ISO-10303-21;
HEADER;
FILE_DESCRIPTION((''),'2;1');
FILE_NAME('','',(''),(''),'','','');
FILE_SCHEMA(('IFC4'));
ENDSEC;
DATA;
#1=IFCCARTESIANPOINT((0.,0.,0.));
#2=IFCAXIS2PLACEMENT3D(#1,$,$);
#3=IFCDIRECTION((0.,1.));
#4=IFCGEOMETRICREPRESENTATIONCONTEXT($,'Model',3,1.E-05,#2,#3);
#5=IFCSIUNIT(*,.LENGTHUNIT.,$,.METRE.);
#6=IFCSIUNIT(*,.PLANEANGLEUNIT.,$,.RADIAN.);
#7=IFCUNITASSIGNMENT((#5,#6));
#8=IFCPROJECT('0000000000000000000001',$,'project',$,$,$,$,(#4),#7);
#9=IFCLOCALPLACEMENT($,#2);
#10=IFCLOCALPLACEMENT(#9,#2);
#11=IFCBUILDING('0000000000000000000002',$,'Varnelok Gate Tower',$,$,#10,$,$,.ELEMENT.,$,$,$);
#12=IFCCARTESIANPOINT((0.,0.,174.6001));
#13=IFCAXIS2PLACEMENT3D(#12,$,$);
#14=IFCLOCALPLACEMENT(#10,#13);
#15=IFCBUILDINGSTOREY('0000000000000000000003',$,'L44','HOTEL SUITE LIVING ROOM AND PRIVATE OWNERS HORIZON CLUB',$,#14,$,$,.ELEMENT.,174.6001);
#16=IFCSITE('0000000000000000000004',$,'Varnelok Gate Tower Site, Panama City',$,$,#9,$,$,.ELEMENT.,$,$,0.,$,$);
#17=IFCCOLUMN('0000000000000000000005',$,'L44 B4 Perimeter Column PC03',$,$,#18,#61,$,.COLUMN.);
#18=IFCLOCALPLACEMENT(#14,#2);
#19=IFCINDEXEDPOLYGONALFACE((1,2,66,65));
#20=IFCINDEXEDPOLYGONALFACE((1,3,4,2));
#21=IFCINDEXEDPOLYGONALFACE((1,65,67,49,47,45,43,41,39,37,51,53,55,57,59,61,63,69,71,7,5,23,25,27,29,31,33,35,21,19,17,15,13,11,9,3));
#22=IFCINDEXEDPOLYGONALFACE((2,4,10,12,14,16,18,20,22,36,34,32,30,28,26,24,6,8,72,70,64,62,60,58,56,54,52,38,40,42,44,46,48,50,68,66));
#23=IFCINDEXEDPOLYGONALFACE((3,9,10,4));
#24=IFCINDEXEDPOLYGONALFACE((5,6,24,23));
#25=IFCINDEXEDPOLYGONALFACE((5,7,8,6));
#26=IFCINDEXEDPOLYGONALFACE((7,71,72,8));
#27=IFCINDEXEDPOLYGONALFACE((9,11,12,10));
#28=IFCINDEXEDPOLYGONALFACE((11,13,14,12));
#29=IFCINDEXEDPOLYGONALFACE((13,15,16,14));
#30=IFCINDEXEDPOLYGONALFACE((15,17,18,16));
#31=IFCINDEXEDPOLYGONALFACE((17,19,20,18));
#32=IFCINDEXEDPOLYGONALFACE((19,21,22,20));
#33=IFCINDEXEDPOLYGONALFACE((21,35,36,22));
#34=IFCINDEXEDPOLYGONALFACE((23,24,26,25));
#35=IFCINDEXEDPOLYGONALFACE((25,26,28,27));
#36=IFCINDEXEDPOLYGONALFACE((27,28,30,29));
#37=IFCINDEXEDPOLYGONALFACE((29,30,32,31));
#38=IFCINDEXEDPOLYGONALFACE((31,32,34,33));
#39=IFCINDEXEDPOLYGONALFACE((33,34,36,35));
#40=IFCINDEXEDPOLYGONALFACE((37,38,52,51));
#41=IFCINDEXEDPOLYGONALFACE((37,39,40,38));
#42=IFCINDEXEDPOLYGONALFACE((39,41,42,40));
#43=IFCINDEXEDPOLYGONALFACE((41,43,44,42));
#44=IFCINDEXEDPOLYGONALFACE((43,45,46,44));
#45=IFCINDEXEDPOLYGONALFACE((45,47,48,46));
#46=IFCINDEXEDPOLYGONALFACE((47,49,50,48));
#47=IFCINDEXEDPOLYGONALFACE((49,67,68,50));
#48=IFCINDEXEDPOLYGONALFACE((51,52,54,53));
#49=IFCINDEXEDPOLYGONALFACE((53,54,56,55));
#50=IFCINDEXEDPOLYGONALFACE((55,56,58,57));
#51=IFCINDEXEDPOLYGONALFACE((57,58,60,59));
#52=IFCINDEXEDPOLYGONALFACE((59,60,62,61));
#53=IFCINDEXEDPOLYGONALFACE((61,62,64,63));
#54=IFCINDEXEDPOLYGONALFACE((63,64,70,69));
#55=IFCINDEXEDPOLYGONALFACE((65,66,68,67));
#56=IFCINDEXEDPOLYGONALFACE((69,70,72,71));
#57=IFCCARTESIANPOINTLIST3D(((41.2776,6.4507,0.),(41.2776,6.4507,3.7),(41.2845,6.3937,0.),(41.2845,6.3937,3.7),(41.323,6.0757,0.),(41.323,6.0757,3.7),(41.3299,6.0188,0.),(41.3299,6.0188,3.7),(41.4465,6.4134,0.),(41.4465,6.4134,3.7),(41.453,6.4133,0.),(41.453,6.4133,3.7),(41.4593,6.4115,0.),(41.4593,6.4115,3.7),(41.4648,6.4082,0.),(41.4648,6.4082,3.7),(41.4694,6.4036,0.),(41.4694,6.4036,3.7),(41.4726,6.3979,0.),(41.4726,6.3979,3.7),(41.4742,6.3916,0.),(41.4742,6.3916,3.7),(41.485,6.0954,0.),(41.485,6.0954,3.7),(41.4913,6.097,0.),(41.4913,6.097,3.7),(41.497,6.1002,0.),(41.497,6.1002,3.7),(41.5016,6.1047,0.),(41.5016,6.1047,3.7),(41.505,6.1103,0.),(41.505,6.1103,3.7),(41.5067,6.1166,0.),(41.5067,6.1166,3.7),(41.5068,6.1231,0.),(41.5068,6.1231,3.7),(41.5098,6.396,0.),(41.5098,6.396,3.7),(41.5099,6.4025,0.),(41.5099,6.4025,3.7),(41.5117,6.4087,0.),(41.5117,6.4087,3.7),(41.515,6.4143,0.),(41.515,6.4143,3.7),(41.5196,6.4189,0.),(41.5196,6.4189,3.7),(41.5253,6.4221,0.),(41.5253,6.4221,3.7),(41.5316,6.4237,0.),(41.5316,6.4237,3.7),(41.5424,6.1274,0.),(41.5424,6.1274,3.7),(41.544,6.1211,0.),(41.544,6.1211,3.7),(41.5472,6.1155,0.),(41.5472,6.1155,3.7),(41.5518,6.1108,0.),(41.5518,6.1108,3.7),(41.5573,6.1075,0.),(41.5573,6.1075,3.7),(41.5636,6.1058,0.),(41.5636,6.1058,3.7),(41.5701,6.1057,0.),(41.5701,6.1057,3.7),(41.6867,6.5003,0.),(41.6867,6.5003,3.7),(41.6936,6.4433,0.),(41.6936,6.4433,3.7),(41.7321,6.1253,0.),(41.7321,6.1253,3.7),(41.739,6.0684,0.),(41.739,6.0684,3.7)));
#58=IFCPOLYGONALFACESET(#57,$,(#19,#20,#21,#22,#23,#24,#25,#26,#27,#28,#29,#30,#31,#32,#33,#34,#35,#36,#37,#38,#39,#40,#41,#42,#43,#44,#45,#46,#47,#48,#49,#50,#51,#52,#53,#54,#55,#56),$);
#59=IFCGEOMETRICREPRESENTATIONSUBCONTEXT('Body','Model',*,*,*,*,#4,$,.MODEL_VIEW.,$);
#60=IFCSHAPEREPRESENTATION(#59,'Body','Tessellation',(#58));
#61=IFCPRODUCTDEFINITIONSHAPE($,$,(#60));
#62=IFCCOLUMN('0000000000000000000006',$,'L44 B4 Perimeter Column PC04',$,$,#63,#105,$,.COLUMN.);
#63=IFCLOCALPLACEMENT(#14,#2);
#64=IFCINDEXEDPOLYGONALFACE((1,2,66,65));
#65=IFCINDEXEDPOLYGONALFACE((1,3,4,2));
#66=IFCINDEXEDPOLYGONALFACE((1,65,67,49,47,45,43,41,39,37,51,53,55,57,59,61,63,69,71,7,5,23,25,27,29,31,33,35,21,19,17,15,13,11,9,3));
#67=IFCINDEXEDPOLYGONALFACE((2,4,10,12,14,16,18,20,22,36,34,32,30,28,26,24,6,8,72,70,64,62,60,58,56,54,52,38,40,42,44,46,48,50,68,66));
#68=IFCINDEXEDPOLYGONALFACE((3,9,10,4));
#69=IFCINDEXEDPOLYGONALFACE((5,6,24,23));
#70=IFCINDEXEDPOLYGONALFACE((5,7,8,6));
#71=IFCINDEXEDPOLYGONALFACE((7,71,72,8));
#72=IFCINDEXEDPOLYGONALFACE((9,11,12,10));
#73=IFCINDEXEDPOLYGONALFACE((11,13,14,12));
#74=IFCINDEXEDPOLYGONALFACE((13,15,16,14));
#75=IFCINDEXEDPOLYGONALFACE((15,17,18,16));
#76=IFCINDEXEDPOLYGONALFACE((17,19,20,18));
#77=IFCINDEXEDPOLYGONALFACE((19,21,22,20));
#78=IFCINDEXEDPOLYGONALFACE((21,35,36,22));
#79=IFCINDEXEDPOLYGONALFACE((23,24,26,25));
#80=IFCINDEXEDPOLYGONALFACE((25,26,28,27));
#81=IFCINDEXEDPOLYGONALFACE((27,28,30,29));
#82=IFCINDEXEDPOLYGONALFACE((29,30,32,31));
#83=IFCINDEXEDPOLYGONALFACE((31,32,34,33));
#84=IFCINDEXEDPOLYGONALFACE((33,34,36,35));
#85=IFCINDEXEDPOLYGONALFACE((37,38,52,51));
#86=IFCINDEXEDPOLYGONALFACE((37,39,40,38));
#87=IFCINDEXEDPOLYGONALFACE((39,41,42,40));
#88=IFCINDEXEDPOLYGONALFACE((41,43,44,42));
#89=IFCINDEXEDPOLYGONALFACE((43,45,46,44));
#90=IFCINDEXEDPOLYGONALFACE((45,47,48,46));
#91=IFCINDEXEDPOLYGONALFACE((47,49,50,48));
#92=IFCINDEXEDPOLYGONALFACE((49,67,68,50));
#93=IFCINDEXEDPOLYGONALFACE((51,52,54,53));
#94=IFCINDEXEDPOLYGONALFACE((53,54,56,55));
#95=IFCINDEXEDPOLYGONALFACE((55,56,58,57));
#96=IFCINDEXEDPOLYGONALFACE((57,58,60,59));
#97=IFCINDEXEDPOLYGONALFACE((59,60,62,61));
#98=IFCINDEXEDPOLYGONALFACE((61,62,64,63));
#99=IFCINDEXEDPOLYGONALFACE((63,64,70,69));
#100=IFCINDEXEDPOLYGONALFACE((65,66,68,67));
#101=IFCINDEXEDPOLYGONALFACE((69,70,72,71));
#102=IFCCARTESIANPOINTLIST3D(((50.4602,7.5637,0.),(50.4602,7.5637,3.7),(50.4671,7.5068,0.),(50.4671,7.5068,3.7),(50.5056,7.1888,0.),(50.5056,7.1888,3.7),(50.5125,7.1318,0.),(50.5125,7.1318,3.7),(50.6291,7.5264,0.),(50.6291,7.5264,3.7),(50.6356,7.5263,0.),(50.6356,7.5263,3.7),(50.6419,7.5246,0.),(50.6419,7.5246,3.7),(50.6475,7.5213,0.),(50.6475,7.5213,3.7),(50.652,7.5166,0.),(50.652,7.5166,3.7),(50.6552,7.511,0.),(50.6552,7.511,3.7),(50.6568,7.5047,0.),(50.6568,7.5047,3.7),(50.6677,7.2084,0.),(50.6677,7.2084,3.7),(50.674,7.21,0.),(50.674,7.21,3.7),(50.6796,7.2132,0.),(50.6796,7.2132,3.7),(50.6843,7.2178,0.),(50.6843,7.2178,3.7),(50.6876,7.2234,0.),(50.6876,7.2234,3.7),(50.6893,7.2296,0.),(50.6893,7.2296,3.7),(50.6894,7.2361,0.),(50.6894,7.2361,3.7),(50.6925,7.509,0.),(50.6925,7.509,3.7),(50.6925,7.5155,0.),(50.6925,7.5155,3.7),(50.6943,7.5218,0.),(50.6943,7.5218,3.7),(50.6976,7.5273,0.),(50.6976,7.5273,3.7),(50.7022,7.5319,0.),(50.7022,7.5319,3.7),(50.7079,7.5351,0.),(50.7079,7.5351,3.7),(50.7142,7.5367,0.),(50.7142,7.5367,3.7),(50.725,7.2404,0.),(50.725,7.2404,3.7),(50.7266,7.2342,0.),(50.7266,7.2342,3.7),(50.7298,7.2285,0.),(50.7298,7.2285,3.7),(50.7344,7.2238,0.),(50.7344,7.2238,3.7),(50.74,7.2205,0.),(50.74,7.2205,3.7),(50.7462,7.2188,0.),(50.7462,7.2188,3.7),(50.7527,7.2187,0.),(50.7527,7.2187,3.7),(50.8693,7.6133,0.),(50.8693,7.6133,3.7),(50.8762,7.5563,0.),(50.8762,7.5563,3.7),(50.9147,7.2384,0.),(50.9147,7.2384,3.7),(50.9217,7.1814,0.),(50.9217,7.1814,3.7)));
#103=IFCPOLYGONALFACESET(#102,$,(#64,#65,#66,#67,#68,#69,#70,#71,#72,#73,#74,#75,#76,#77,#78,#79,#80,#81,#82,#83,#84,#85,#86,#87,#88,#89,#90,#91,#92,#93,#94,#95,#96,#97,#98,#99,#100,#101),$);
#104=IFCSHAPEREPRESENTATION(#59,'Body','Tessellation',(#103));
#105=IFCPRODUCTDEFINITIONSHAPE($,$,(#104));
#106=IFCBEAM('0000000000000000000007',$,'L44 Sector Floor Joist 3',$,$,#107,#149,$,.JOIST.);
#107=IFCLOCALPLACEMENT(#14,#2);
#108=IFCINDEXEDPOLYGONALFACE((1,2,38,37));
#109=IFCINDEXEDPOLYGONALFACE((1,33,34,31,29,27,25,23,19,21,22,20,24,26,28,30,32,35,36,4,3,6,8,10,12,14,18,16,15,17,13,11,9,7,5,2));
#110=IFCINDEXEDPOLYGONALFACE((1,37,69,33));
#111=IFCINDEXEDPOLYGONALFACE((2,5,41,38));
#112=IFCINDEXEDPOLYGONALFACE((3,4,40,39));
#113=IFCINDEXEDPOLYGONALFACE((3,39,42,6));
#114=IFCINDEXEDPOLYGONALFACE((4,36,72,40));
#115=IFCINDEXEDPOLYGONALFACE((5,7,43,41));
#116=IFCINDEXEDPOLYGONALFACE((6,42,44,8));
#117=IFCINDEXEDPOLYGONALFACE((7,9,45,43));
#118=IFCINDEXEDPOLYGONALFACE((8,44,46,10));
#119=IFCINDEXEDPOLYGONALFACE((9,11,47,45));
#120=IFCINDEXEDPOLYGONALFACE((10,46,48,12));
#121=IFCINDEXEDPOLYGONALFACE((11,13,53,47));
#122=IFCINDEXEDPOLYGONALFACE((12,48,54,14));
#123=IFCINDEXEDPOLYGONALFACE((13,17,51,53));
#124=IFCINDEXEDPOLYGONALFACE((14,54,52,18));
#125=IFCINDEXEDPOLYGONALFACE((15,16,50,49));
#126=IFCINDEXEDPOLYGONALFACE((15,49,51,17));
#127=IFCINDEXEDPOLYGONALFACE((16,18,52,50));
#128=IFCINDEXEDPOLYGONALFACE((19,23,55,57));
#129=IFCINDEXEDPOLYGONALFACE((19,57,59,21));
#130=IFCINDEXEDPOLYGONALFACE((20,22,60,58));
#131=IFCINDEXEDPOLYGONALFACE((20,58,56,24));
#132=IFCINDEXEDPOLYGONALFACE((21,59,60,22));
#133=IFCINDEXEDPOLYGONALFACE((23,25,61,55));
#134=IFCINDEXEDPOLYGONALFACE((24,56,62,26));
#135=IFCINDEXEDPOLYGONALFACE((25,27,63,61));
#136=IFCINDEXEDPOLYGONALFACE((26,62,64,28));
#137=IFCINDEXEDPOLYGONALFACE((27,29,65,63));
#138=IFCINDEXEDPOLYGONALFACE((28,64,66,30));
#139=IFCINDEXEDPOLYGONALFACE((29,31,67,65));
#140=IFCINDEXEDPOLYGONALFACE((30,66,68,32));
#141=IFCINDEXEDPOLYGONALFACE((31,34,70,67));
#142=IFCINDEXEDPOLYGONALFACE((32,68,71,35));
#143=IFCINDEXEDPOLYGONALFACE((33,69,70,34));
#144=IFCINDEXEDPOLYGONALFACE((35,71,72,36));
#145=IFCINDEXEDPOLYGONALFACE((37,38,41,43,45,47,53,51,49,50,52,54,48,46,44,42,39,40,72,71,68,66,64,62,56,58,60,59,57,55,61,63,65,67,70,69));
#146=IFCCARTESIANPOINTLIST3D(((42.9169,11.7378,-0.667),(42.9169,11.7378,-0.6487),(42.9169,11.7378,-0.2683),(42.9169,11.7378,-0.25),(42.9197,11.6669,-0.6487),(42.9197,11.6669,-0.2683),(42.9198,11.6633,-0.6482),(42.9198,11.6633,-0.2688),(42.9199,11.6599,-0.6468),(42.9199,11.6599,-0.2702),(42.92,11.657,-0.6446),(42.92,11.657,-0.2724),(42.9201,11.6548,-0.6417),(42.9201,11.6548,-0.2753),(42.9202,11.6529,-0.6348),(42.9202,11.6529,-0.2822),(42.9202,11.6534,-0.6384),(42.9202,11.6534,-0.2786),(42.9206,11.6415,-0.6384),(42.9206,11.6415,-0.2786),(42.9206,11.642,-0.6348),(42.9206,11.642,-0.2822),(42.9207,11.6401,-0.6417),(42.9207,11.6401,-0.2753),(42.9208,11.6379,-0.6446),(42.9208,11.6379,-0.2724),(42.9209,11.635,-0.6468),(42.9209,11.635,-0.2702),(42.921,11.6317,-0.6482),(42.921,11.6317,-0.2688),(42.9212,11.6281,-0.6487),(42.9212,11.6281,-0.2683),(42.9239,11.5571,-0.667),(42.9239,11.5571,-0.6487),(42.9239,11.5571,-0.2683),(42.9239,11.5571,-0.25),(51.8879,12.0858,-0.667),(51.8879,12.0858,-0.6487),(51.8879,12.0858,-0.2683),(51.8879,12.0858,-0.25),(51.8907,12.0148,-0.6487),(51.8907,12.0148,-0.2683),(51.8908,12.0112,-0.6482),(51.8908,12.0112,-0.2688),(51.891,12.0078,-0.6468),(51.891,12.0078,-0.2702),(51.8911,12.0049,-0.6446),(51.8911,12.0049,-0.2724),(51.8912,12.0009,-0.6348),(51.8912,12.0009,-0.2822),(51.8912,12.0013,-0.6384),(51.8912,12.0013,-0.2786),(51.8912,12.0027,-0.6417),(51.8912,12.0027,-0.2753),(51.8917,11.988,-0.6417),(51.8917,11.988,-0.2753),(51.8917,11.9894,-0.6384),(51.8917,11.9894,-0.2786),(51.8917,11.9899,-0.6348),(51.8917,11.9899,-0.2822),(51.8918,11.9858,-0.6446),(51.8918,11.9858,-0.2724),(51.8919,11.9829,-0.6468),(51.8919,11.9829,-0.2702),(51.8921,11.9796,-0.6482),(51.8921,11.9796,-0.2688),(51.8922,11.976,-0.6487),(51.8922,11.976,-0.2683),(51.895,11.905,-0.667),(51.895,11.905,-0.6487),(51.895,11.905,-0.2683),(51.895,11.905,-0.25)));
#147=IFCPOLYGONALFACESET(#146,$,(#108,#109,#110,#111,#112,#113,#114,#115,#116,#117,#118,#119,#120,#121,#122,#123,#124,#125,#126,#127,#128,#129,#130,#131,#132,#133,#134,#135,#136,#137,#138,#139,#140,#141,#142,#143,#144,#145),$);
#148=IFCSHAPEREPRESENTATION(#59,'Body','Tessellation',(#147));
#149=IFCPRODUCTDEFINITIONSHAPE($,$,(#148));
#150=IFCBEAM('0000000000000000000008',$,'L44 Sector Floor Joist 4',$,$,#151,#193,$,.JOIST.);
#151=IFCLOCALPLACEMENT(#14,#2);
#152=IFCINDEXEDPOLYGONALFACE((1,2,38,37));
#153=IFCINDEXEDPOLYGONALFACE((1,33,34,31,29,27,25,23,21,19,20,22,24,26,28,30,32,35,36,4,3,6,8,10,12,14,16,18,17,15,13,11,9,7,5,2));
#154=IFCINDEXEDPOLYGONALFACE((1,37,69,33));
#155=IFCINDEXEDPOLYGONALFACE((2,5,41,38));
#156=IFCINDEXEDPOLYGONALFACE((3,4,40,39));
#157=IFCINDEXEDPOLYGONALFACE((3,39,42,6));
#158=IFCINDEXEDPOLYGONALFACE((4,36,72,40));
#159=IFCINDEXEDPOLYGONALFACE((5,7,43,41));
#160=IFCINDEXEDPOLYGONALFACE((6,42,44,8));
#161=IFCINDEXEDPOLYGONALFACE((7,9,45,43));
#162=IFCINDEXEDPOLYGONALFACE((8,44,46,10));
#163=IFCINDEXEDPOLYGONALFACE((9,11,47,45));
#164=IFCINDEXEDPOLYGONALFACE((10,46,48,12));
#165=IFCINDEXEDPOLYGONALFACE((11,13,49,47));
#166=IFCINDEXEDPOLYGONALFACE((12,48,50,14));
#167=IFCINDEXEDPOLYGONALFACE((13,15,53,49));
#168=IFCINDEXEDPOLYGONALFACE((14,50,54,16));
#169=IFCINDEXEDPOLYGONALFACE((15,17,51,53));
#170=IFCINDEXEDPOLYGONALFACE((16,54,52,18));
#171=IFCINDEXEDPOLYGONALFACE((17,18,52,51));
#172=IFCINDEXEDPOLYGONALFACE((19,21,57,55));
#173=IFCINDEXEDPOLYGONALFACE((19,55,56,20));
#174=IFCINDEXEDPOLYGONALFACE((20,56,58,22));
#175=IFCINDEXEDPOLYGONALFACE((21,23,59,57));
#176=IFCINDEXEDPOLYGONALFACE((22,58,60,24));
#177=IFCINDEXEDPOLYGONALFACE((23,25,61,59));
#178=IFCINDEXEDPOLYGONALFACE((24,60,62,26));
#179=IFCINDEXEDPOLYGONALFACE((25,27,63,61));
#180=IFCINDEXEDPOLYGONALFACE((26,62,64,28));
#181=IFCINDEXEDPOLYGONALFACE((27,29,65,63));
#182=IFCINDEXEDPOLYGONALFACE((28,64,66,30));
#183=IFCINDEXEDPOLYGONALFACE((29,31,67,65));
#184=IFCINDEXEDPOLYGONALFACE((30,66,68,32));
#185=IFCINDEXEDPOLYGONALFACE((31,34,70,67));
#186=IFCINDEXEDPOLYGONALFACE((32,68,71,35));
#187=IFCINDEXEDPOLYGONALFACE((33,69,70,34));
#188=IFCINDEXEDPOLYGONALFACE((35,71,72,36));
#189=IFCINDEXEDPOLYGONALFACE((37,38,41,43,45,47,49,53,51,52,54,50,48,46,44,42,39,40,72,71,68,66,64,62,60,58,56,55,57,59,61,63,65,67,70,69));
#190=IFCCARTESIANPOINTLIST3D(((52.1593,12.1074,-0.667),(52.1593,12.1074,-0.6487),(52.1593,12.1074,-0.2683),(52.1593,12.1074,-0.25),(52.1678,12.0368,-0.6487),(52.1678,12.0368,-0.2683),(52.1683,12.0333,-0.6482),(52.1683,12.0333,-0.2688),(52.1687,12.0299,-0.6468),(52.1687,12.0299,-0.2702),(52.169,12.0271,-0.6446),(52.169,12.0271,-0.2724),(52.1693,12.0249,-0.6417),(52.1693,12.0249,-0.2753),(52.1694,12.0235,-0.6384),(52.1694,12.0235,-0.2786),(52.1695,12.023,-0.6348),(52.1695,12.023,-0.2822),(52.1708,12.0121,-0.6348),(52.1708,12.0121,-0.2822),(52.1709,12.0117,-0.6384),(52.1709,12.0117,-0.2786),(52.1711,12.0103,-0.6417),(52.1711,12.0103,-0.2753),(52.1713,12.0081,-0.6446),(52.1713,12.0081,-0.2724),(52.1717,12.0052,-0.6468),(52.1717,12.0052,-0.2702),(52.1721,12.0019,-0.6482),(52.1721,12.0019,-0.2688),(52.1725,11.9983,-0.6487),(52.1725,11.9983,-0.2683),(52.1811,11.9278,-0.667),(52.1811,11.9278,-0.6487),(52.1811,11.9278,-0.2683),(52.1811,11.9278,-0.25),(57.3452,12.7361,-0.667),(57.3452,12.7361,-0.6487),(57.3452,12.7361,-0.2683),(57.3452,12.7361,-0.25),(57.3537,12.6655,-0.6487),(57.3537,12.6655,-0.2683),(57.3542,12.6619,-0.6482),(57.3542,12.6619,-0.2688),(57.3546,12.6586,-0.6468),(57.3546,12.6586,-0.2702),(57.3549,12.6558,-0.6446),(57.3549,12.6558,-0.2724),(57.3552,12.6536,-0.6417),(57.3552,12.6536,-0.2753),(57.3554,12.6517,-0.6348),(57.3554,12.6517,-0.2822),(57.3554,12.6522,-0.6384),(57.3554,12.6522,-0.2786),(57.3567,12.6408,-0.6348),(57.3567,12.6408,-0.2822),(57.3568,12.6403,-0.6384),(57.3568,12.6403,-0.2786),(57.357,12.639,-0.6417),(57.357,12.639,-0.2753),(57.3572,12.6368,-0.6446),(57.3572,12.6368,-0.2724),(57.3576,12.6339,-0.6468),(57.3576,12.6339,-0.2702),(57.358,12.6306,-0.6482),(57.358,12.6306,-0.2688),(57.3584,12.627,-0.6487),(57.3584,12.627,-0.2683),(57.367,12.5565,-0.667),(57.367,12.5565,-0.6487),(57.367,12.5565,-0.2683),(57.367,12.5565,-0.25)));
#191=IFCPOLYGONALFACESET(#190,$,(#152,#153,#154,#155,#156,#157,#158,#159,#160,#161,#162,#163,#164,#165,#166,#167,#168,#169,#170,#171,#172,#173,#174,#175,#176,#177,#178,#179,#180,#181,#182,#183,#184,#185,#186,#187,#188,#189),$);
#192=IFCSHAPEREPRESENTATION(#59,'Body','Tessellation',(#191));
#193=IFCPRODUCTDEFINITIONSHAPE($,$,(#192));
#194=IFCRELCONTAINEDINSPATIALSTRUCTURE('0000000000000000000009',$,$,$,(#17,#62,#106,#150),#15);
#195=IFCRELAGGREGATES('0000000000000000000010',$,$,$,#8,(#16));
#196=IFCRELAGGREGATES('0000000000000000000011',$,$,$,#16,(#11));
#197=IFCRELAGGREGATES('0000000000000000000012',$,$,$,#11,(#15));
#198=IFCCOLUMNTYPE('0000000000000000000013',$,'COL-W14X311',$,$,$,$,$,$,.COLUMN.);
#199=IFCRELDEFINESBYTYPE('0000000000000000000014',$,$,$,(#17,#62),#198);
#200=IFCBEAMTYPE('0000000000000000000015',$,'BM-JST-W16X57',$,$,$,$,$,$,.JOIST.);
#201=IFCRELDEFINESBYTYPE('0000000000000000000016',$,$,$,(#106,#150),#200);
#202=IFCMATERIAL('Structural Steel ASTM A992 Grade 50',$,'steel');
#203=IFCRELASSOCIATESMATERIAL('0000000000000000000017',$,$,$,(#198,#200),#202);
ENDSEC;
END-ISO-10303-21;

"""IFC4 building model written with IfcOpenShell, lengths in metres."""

from ifc_helpers import new_model, si_unit, direction, frame, origin, origin_2d, place, context, subcontext, project, spatial, i_section, extrude, material, material_profile, profile_set, type_object, element, save


model = new_model("IFC4")

# Units and contexts
model_context = context("Model", 3, precision=1e-05, world=origin(), true_north=direction((0.0, 1.0)))
body_context = subcontext(model_context, "Body", "Model", "MODEL_VIEW")
ifc_project = project(units=[si_unit("LENGTHUNIT", "METRE"), si_unit("PLANEANGLEUNIT", "RADIAN")], contexts=[model_context])

# Site, building, storey
site_placement = place(None, origin())
site = spatial("IfcSite", under=ifc_project, at=site_placement, Name="Varnelok Gate Tower Site, Panama City", CompositionType="ELEMENT", RefElevation=0.0)
building_placement = place(site_placement, origin())
building = spatial("IfcBuilding", under=site, at=building_placement, Name="Varnelok Gate Tower", CompositionType="ELEMENT")
storey_placement = place(building_placement, frame((0.0, 0.0, 174.6001)))
storey = spatial("IfcBuildingStorey", under=building, at=storey_placement, Name="L44", Description="HOTEL SUITE LIVING ROOM AND PRIVATE OWNERS HORIZON CLUB", CompositionType="ELEMENT", Elevation=174.6001)

# Columns
ifc_material_1 = material(Name="Structural Steel ASTM A992 Grade 50", Category="steel")
ifc_material_profile_1 = material_profile(ifc_material_1, i_section(OverallWidth=0.4121, OverallDepth=0.4351, WebThickness=0.0359, FlangeThickness=0.0574, FilletRadius=0.0249, at=origin_2d()), Name="W14X311")
ifc_profile_set_1 = profile_set([ifc_material_profile_1], Name="Structural Steel ASTM A992 Grade 50")
column_type = type_object("IfcColumnType", Name="COL-W14X311", PredefinedType="COLUMN", material=ifc_profile_set_1)
for number, where, z_axis, x_axis, name in (
    (1, (41.5083, 6.2595, 0.0), (0.0, 0.0, 1.0), (0.992732, 0.120345, 0.0), "L44 B4 Perimeter Column PC03"),
    (2, (50.6909, 7.3726, 0.0), (0.0, 0.0, 1.0), (0.992732, 0.120345, 0.0), "L44 B4 Perimeter Column PC04"),
):
    element("IfcColumn", number, at=place(storey_placement, frame(where, z_axis=z_axis, x_axis=x_axis)), inside=storey, type_object=column_type, Name=name, PredefinedType="COLUMN", context=body_context, shape_type="SweptSolid", body=[
        extrude(i_section(OverallWidth=0.4121, OverallDepth=0.4351, WebThickness=0.0359, FlangeThickness=0.0574, FilletRadius=0.0249, at=origin_2d()), origin(), (0.0, 0.0, 1.0), 3.7),
    ])

# Beams
ifc_material_profile_2 = material_profile(ifc_material_1, i_section(OverallWidth=0.1809, OverallDepth=0.417, WebThickness=0.011, FlangeThickness=0.0183, FilletRadius=0.0139, at=origin_2d()), Name="W16X57")
ifc_profile_set_2 = profile_set([ifc_material_profile_2], Name="Structural Steel ASTM A992 Grade 50")
beam_type_1 = type_object("IfcBeamType", Name="BM-JST-W16X57", PredefinedType="JOIST", material=ifc_profile_set_2)
beam_1_placement = place(storey_placement, frame((42.9204, 11.6475, -0.4585), z_axis=(0.999249, 0.038752, 0.0), x_axis=(-0.038752, 0.999249, 0.0)))
element("IfcBeam", 3, at=beam_1_placement, inside=storey, type_object=beam_type_1, Name="L44 Sector Floor Joist 3", PredefinedType="JOIST", context=body_context, shape_type="SweptSolid", body=[
    extrude(i_section(OverallWidth=0.1809, OverallDepth=0.417, WebThickness=0.011, FlangeThickness=0.0183, FilletRadius=0.0139, at=origin_2d()), origin(), (0.0, 0.0, 1.0), 8.9778),
])
beam_2_placement = place(storey_placement, frame((52.1702, 12.0176, -0.4585), z_axis=(0.992732, 0.120347, 0.0), x_axis=(-0.120347, 0.992732, 0.0)))
element("IfcBeam", 4, at=beam_2_placement, inside=storey, type_object=beam_type_1, Name="L44 Sector Floor Joist 4", PredefinedType="JOIST", context=body_context, shape_type="SweptSolid", body=[
    extrude(i_section(OverallWidth=0.1809, OverallDepth=0.417, WebThickness=0.011, FlangeThickness=0.0183, FilletRadius=0.0139, at=origin_2d()), origin(), (0.0, 0.0, 1.0), 5.2239),
])

save(model, "model.ifc")
